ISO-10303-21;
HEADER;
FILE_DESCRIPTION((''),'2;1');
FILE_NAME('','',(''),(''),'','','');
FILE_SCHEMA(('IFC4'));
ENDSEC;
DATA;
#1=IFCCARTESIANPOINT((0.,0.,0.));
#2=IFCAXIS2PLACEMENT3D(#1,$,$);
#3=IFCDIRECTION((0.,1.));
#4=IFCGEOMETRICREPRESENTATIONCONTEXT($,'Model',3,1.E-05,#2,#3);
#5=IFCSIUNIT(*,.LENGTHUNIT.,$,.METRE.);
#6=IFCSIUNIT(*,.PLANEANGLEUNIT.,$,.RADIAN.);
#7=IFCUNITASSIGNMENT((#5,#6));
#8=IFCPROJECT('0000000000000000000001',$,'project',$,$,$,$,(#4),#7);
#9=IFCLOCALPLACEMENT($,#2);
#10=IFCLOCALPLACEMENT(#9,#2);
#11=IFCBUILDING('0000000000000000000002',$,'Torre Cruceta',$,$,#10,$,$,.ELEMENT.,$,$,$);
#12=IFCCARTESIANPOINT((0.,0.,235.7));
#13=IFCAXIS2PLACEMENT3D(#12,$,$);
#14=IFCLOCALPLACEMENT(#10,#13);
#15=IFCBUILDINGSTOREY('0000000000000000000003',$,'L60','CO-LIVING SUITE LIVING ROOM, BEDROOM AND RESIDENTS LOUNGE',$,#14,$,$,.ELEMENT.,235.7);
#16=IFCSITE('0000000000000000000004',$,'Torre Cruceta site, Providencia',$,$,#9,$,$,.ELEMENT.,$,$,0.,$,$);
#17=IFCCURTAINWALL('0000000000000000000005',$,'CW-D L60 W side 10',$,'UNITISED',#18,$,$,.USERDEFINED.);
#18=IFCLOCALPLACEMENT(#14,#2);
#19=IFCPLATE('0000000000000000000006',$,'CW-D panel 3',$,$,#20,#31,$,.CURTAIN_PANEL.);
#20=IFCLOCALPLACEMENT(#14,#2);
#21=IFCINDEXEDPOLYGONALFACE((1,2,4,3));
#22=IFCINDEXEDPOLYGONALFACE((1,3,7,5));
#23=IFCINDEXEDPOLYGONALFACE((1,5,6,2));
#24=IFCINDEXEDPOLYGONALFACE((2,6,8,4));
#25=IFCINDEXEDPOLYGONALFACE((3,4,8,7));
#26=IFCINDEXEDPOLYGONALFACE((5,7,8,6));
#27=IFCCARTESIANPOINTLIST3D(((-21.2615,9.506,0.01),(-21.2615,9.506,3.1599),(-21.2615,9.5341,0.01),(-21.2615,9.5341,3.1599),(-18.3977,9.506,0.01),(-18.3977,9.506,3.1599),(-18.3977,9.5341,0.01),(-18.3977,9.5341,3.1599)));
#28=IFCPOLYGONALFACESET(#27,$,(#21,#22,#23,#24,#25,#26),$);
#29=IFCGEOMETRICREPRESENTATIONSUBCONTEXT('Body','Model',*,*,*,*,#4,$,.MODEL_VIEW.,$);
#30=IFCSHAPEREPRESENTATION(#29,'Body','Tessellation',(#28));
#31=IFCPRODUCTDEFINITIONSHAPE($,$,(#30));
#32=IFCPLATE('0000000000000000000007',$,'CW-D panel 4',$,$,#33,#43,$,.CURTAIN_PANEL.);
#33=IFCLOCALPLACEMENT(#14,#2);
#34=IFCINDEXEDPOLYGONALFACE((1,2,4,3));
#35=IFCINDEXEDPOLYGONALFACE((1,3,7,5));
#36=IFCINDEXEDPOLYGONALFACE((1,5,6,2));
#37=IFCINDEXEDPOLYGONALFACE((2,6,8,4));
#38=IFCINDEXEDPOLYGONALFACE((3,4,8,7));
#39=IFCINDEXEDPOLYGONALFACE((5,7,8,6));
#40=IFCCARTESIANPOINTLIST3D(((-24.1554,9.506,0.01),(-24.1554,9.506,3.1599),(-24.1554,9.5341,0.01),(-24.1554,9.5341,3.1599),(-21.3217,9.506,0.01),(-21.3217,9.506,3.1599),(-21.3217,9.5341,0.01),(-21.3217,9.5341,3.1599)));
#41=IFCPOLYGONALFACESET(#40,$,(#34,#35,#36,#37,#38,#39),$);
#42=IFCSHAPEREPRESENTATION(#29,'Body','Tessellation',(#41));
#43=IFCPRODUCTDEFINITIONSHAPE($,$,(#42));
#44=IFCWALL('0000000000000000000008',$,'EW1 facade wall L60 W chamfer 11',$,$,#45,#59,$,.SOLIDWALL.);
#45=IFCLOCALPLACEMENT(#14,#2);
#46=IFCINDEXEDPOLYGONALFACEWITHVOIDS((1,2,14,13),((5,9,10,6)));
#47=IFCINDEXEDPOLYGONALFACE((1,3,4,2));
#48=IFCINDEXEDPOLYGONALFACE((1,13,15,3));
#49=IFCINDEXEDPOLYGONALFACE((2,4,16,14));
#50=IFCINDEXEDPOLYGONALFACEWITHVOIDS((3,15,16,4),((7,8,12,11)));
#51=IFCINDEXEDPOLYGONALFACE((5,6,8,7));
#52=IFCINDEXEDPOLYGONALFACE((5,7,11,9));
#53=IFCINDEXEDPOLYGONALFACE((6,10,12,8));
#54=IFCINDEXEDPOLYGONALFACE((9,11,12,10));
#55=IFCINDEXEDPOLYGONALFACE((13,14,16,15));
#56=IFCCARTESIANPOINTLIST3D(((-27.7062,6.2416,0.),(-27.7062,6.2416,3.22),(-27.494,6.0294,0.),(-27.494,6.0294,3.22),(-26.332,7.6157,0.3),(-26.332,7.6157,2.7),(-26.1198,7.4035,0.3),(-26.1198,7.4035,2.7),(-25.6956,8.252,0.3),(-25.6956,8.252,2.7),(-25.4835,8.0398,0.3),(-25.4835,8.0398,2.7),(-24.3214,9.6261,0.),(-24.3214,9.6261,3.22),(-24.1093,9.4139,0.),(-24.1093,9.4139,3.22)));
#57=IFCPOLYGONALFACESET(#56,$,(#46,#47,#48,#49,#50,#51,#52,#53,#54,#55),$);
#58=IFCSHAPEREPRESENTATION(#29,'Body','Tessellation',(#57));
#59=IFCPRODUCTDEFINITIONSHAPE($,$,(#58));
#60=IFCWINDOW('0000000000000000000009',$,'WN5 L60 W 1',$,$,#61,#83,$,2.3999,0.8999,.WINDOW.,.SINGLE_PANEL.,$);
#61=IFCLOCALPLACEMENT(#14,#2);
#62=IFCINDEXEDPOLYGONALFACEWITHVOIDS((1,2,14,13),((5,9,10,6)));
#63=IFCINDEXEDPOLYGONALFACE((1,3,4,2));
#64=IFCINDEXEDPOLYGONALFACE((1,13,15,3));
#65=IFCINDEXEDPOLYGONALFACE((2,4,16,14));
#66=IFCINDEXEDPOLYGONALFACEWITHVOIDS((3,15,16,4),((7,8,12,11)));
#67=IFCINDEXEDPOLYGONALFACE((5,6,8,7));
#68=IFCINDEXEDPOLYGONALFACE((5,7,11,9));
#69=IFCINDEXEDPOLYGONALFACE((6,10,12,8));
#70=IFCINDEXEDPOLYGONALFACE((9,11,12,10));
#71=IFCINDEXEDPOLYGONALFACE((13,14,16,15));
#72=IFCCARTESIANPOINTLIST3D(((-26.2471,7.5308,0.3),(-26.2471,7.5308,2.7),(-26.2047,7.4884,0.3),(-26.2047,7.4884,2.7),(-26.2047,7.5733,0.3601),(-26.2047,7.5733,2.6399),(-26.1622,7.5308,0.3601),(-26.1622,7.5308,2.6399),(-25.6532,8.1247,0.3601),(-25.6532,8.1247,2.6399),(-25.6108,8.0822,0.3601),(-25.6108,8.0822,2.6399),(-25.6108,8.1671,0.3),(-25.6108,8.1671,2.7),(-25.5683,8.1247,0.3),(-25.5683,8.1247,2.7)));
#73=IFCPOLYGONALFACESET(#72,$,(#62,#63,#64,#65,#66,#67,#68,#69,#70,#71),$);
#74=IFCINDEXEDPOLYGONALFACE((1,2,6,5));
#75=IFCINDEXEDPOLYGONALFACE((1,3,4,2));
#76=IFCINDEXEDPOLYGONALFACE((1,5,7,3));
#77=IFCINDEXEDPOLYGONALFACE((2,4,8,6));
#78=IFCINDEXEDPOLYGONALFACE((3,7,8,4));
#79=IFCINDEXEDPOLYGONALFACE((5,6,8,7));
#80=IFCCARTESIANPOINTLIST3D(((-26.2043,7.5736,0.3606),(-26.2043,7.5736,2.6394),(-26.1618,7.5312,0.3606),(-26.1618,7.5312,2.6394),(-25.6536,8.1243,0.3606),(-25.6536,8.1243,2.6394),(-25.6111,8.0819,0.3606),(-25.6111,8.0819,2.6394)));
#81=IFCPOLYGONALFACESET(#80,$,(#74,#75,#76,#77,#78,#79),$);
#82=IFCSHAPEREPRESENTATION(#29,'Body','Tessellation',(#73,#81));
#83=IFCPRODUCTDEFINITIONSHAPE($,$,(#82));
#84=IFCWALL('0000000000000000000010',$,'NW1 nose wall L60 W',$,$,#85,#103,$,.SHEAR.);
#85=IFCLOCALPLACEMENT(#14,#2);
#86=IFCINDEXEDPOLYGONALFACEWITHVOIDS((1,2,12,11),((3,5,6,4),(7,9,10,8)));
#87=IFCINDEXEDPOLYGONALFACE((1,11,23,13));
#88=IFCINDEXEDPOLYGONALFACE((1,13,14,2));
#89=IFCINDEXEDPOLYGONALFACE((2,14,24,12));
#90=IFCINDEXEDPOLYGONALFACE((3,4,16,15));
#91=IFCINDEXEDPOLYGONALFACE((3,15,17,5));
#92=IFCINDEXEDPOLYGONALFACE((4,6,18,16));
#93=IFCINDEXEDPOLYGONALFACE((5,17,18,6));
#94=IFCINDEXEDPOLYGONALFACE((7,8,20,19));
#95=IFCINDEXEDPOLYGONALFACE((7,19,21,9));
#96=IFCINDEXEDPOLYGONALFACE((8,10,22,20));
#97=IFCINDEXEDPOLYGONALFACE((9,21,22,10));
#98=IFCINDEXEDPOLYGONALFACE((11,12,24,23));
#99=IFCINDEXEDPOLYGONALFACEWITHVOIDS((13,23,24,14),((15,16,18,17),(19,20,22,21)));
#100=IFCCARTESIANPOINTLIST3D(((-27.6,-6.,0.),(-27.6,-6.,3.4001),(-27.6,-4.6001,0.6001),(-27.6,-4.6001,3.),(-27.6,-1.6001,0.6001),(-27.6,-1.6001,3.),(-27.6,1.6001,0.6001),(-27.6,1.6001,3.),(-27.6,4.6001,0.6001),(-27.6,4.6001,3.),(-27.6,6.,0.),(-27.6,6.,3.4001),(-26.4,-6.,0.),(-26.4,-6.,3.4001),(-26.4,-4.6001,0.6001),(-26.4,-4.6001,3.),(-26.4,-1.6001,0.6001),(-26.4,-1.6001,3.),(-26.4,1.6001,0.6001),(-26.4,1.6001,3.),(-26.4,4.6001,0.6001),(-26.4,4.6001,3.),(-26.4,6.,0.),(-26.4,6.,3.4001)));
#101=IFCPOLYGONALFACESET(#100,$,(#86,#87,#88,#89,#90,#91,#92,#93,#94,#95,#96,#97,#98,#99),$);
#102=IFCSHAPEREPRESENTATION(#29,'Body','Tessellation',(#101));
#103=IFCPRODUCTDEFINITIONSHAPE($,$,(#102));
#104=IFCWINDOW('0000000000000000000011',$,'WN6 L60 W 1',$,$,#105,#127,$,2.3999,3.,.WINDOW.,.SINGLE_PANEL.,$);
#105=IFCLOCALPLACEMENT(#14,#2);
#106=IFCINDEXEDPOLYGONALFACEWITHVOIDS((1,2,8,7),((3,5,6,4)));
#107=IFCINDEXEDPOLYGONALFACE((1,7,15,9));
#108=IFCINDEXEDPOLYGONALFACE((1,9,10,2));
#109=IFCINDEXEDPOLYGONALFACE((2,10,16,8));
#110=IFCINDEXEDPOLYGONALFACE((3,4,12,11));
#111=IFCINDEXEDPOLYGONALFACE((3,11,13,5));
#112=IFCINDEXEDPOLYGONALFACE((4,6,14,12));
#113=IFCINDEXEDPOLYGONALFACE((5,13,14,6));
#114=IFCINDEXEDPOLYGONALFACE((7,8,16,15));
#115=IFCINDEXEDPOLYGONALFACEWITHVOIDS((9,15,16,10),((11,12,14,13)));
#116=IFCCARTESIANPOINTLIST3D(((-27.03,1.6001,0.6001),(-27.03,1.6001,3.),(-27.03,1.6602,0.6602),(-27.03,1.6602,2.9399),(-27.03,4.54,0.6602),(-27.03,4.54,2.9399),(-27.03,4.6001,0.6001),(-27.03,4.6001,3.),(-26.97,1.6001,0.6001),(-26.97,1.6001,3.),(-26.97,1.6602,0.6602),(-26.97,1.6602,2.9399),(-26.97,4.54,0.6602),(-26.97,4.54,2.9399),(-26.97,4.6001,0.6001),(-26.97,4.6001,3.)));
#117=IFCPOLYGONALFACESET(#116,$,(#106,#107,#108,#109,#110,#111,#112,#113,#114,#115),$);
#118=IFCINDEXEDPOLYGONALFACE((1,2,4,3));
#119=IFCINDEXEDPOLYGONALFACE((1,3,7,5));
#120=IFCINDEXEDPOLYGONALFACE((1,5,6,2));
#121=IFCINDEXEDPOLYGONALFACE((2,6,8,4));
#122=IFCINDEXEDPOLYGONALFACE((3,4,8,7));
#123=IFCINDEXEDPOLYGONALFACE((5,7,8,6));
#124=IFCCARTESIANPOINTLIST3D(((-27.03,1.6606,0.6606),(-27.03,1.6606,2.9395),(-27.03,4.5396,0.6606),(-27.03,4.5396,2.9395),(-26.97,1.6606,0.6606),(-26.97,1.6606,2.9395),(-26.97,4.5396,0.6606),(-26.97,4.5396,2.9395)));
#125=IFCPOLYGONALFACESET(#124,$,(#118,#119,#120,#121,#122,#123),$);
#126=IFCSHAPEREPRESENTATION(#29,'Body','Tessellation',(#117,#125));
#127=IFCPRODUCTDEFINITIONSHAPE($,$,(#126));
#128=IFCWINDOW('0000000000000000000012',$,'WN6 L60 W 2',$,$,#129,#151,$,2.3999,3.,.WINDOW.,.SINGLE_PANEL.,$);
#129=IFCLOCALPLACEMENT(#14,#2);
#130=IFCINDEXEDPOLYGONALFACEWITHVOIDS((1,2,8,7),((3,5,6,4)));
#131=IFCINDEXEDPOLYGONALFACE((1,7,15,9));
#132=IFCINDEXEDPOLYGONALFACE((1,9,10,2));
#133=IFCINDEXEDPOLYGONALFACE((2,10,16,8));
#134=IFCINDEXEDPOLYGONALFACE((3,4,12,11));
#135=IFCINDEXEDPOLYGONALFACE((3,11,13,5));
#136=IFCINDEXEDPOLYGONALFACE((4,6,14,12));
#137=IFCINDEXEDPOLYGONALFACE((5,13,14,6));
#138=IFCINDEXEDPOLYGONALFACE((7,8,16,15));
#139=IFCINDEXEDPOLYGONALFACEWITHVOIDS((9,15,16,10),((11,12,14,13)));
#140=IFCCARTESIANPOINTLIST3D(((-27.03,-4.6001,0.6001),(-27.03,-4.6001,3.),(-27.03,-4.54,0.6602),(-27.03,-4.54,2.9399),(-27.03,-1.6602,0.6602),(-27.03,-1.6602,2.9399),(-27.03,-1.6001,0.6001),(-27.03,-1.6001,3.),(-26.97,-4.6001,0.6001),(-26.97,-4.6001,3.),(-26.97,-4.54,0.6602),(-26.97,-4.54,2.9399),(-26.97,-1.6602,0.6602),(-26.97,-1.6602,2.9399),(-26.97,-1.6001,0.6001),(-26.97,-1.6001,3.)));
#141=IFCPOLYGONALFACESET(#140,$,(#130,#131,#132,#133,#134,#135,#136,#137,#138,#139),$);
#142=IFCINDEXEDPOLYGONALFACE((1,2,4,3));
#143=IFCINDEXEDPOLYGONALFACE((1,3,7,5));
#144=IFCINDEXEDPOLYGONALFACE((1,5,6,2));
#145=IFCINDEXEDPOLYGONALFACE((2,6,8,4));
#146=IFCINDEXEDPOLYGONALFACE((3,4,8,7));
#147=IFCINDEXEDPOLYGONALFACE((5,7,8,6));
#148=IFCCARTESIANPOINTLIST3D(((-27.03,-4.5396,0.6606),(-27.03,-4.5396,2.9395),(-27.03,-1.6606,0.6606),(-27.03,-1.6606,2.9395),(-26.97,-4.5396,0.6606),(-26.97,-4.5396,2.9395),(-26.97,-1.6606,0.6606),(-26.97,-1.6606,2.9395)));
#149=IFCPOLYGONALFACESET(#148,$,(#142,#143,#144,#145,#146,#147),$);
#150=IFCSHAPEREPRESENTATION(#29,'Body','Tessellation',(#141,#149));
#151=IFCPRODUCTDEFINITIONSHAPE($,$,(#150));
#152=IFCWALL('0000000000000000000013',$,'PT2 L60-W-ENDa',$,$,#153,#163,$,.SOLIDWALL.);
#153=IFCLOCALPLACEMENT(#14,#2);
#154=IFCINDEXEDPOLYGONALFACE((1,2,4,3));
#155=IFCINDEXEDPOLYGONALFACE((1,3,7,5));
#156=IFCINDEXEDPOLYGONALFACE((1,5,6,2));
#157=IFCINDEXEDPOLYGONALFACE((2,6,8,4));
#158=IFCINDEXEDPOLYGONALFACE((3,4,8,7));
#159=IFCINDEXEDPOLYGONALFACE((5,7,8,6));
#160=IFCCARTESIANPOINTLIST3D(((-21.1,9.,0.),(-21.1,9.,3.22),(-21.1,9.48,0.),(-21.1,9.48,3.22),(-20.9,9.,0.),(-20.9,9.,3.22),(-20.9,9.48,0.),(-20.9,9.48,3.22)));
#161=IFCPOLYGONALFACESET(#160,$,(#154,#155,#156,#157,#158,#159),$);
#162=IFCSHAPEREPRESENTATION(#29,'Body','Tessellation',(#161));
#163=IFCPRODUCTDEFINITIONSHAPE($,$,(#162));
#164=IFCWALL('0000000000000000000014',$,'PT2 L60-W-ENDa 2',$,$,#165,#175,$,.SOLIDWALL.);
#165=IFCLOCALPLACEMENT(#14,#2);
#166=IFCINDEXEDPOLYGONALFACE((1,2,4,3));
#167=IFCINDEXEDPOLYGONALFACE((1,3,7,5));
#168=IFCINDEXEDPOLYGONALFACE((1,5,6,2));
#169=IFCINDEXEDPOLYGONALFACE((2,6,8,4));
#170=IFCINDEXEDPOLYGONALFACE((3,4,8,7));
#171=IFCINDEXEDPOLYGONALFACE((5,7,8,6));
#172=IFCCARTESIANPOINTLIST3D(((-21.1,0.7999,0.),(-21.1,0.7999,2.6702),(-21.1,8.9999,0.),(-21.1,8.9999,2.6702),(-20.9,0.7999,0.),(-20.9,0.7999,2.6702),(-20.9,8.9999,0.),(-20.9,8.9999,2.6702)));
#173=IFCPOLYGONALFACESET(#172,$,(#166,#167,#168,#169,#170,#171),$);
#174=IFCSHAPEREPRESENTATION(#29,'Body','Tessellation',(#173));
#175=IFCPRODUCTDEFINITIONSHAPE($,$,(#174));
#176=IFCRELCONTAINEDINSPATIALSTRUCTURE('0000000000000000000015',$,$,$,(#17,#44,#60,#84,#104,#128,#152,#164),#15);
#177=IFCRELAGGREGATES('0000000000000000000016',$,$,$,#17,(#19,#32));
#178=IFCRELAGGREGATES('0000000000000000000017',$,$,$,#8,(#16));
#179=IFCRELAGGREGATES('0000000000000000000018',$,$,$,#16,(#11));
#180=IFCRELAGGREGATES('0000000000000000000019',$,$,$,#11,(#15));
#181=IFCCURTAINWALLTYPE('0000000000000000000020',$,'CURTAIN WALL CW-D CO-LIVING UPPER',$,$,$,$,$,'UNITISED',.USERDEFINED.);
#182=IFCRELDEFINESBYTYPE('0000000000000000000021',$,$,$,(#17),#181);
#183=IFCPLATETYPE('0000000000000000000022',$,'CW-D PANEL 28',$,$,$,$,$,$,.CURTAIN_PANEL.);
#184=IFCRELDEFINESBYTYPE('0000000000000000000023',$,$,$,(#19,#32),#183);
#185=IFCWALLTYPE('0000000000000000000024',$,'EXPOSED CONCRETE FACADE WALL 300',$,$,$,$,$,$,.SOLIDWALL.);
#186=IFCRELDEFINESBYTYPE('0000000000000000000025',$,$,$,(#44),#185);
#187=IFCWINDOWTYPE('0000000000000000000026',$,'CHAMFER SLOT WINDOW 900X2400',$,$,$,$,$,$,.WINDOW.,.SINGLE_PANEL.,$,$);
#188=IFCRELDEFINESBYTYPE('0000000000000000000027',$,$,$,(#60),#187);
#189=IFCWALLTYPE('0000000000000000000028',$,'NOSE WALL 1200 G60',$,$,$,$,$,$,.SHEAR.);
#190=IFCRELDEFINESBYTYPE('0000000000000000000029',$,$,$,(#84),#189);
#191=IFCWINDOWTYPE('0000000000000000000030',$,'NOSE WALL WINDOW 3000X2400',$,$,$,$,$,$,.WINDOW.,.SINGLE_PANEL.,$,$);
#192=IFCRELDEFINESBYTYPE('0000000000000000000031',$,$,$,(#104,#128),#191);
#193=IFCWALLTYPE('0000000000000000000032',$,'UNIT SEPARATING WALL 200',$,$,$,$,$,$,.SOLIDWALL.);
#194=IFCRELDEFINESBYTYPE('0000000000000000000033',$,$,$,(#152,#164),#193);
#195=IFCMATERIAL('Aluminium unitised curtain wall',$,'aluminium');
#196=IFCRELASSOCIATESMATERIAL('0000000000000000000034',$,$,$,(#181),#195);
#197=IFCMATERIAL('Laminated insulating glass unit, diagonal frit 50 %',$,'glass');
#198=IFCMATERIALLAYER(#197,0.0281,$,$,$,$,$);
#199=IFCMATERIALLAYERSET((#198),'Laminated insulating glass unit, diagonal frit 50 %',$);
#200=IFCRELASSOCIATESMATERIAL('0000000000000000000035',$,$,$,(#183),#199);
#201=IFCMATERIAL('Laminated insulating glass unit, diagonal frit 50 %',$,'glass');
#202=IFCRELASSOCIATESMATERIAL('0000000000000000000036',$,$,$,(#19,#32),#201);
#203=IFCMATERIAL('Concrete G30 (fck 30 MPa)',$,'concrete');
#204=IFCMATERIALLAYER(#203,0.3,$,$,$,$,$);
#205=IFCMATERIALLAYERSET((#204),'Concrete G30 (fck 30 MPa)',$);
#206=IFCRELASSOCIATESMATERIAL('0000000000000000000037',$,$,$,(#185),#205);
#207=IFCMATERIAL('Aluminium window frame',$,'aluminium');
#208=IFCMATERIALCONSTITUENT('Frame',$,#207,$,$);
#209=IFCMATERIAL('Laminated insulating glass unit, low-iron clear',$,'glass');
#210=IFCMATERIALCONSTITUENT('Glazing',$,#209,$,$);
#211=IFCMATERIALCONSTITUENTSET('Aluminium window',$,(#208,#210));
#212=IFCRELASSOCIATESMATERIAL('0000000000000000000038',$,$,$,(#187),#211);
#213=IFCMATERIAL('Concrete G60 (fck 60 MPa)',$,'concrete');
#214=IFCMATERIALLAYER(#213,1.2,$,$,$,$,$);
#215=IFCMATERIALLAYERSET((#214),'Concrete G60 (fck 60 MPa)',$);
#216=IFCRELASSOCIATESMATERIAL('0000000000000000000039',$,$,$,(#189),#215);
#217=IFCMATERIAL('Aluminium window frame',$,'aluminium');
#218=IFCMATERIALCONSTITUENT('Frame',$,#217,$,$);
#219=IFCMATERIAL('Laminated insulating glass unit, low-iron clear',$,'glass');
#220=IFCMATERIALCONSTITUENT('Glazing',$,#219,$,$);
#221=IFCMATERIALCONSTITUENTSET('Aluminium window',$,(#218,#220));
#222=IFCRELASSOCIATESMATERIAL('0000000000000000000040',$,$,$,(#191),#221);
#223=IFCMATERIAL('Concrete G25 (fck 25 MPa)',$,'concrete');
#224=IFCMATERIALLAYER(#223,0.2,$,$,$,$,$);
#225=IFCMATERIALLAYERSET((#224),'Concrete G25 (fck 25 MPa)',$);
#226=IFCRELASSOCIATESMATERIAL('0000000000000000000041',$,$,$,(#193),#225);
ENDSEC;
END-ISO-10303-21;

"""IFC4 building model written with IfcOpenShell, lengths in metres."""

from ifc_helpers import new_model, si_unit, direction, frame, frame_2d, origin, origin_2d, place, context, subcontext, project, spatial, rectangle, hollow_rectangle, extrude, material, layer, layer_set, constituent, constituent_set, type_object, element, fill, aggregate, save


model = new_model("IFC4")

# Units and contexts
model_context = context("Model", 3, precision=1e-05, world=origin(), true_north=direction((0.0, 1.0)))
body_context = subcontext(model_context, "Body", "Model", "MODEL_VIEW")
ifc_project = project(units=[si_unit("LENGTHUNIT", "METRE"), si_unit("PLANEANGLEUNIT", "RADIAN")], contexts=[model_context])

# Site, building, storey
site_placement = place(None, origin())
site = spatial("IfcSite", under=ifc_project, at=site_placement, Name="Torre Cruceta site, Providencia", CompositionType="ELEMENT", RefElevation=0.0)
building_placement = place(site_placement, origin())
building = spatial("IfcBuilding", under=site, at=building_placement, Name="Torre Cruceta", CompositionType="ELEMENT")
storey_placement = place(building_placement, frame((0.0, 0.0, 235.7)))
storey = spatial("IfcBuildingStorey", under=building, at=storey_placement, Name="L60", Description="CO-LIVING SUITE LIVING ROOM, BEDROOM AND RESIDENTS LOUNGE", CompositionType="ELEMENT", Elevation=235.7)

# Curtain wall
ifc_material_1 = material(Name="Aluminium unitised curtain wall", Category="aluminium")
curtain_wall_type = type_object("IfcCurtainWallType", Name="CURTAIN WALL CW-D CO-LIVING UPPER", ElementType="UNITISED", PredefinedType="USERDEFINED", material=ifc_material_1)
curtain_wall_placement = place(storey_placement, origin())
curtain_wall = element("IfcCurtainWall", 1, at=curtain_wall_placement, inside=storey, type_object=curtain_wall_type, Name="CW-D L60 W side 10", ObjectType="UNITISED", PredefinedType="USERDEFINED")

# Plates
ifc_material_2 = material(Name="Laminated insulating glass unit, diagonal frit 50 %", Category="glass")
ifc_material_3 = material(Name="Laminated insulating glass unit, diagonal frit 50 %", Category="glass")
ifc_layer_1 = layer(ifc_material_3, 0.0281)
ifc_layer_set_1 = layer_set([ifc_layer_1], Name="Laminated insulating glass unit, diagonal frit 50 %")
plate_type = type_object("IfcPlateType", Name="CW-D PANEL 28", PredefinedType="CURTAIN_PANEL", material=ifc_layer_set_1)
plate_1_placement = place(storey_placement, frame((-19.8296, 9.52, 0.01), z_axis=(0.0, 0.0, 1.0), x_axis=(-1.0, 0.0, 0.0)))
plate_1 = element("IfcPlate", 2, at=plate_1_placement, type_object=plate_type, material=ifc_material_2, Name="CW-D panel 3", PredefinedType="CURTAIN_PANEL", context=body_context, shape_type="SweptSolid", body=[
    extrude(rectangle(XDim=2.8638, YDim=0.0281, at=origin_2d()), origin(), (0.0, 0.0, 1.0), 3.1499),
])
plate_2_placement = place(storey_placement, frame((-22.7385, 9.52, 0.01), z_axis=(0.0, 0.0, 1.0), x_axis=(-1.0, 0.0, 0.0)))
plate_2 = element("IfcPlate", 3, at=plate_2_placement, type_object=plate_type, material=ifc_material_2, Name="CW-D panel 4", PredefinedType="CURTAIN_PANEL", context=body_context, shape_type="SweptSolid", body=[
    extrude(rectangle(XDim=2.8337, YDim=0.0281, at=origin_2d()), origin(), (0.0, 0.0, 1.0), 3.1499),
])
aggregate(curtain_wall, [plate_1, plate_2])

# Wall, opening, window
ifc_material_4 = material(Name="Concrete G30 (fck 30 MPa)", Category="concrete")
ifc_layer_2 = layer(ifc_material_4, 0.3)
ifc_layer_set_2 = layer_set([ifc_layer_2], Name="Concrete G30 (fck 30 MPa)")
wall_type_1 = type_object("IfcWallType", Name="EXPOSED CONCRETE FACADE WALL 300", PredefinedType="SOLIDWALL", material=ifc_layer_set_2)
wall_1_placement = place(storey_placement, frame((-24.2153, 9.52, 0.0), z_axis=(0.0, 0.0, 1.0), x_axis=(-0.707132, -0.707081, 0.0)))
wall_1 = element("IfcWall", 4, at=wall_1_placement, inside=storey, type_object=wall_type_1, Name="EW1 facade wall L60 W chamfer 11", PredefinedType="SOLIDWALL", context=body_context, shape_type="SweptSolid", body=[
    extrude(rectangle(XDim=4.7866, YDim=0.3, at=frame_2d((2.3933, 0.0))), origin(), (0.0, 0.0, 1.0), 3.22),
])
opening_1_placement = place(wall_1_placement, frame((1.9434, 0.0, 0.3)))
opening_1 = element("IfcOpeningElement", 5, at=opening_1_placement, cuts=wall_1, PredefinedType="OPENING", context=body_context, shape_type="SweptSolid", body=[
    extrude(rectangle(XDim=0.8999, YDim=2.3999, at=frame_2d((0.45, 1.2))), frame((0.0, 0.1599, 0.0), z_axis=(0.0, -1.0, 0.0), x_axis=(1.0, 0.0, 0.0)), (0.0, 0.0, 1.0), 0.3201),
])
ifc_material_5 = material(Name="Aluminium window frame", Category="aluminium")
ifc_constituent_1 = constituent(ifc_material_5, Name="Frame")
ifc_material_6 = material(Name="Laminated insulating glass unit, low-iron clear", Category="glass")
ifc_constituent_2 = constituent(ifc_material_6, Name="Glazing")
ifc_constituent_set_1 = constituent_set(constituents=[ifc_constituent_1, ifc_constituent_2], Name="Aluminium window")
window_type_1 = type_object("IfcWindowType", Name="CHAMFER SLOT WINDOW 900X2400", PartitioningType="SINGLE_PANEL", PredefinedType="WINDOW", material=ifc_constituent_set_1)
window_1_placement = place(opening_1_placement, origin())
window_1 = element("IfcWindow", 6, at=window_1_placement, inside=storey, type_object=window_type_1, Name="WN5 L60 W 1", OverallHeight=2.3999, OverallWidth=0.8999, PartitioningType="SINGLE_PANEL", PredefinedType="WINDOW", context=body_context, shape_type="SweptSolid", body=[
    extrude(hollow_rectangle(XDim=0.8999, YDim=2.3999, WallThickness=0.0601, at=frame_2d((0.45, 1.2))), frame((0.0, 0.03, 0.0), z_axis=(0.0, -1.0, 0.0), x_axis=(1.0, 0.0, 0.0)), (0.0, 0.0, 1.0), 0.0601),
    extrude(rectangle(XDim=0.7788, YDim=2.2788, at=frame_2d((0.45, 1.2))), frame((0.0, 0.03, 0.0), z_axis=(0.0, -1.0, 0.0), x_axis=(1.0, 0.0, 0.0)), (0.0, 0.0, 1.0), 0.0601),
])
fill(opening_1, window_1)

# Wall, openings, windows
ifc_material_7 = material(Name="Concrete G60 (fck 60 MPa)", Category="concrete")
ifc_layer_3 = layer(ifc_material_7, 1.2)
ifc_layer_set_3 = layer_set([ifc_layer_3], Name="Concrete G60 (fck 60 MPa)")
wall_type_2 = type_object("IfcWallType", Name="NOSE WALL 1200 G60", PredefinedType="SHEAR", material=ifc_layer_set_3)
wall_2_placement = place(storey_placement, frame((-27.0, 6.0, 0.0), z_axis=(0.0, 0.0, 1.0), x_axis=(0.0, -1.0, 0.0)))
wall_2 = element("IfcWall", 7, at=wall_2_placement, inside=storey, type_object=wall_type_2, Name="NW1 nose wall L60 W", PredefinedType="SHEAR", context=body_context, shape_type="SweptSolid", body=[
    extrude(rectangle(XDim=12.0, YDim=1.2, at=frame_2d((6.0, 0.0))), origin(), (0.0, 0.0, 1.0), 3.4001),
])
opening_2_placement = place(wall_2_placement, frame((1.3999, 0.0, 0.6001)))
opening_2 = element("IfcOpeningElement", 8, at=opening_2_placement, cuts=wall_2, PredefinedType="OPENING", context=body_context, shape_type="SweptSolid", body=[
    extrude(rectangle(XDim=3.0, YDim=2.3999, at=frame_2d((1.5, 1.2))), frame((0.0, 0.6099, 0.0), z_axis=(0.0, -1.0, 0.0), x_axis=(1.0, 0.0, 0.0)), (0.0, 0.0, 1.0), 1.22),
])
opening_3_placement = place(wall_2_placement, frame((7.6001, 0.0, 0.6001)))
opening_3 = element("IfcOpeningElement", 9, at=opening_3_placement, cuts=wall_2, PredefinedType="OPENING", context=body_context, shape_type="SweptSolid", body=[
    extrude(rectangle(XDim=3.0, YDim=2.3999, at=frame_2d((1.5, 1.2))), frame((0.0, 0.6099, 0.0), z_axis=(0.0, -1.0, 0.0), x_axis=(1.0, 0.0, 0.0)), (0.0, 0.0, 1.0), 1.22),
])
ifc_material_8 = material(Name="Aluminium window frame", Category="aluminium")
ifc_constituent_3 = constituent(ifc_material_8, Name="Frame")
ifc_material_9 = material(Name="Laminated insulating glass unit, low-iron clear", Category="glass")
ifc_constituent_4 = constituent(ifc_material_9, Name="Glazing")
ifc_constituent_set_2 = constituent_set(constituents=[ifc_constituent_3, ifc_constituent_4], Name="Aluminium window")
window_type_2 = type_object("IfcWindowType", Name="NOSE WALL WINDOW 3000X2400", PartitioningType="SINGLE_PANEL", PredefinedType="WINDOW", material=ifc_constituent_set_2)
window_2_placement = place(opening_2_placement, origin())
window_2 = element("IfcWindow", 10, at=window_2_placement, inside=storey, type_object=window_type_2, Name="WN6 L60 W 1", OverallHeight=2.3999, OverallWidth=3.0, PartitioningType="SINGLE_PANEL", PredefinedType="WINDOW", context=body_context, shape_type="SweptSolid", body=[
    extrude(hollow_rectangle(XDim=3.0, YDim=2.3999, WallThickness=0.0601, at=frame_2d((1.5, 1.2))), frame((0.0, 0.03, 0.0), z_axis=(0.0, -1.0, 0.0), x_axis=(1.0, 0.0, 0.0)), (0.0, 0.0, 1.0), 0.0601),
    extrude(rectangle(XDim=2.8789, YDim=2.2788, at=frame_2d((1.5, 1.2))), frame((0.0, 0.03, 0.0), z_axis=(0.0, -1.0, 0.0), x_axis=(1.0, 0.0, 0.0)), (0.0, 0.0, 1.0), 0.0601),
])
fill(opening_2, window_2)
window_3_placement = place(opening_3_placement, origin())
window_3 = element("IfcWindow", 11, at=window_3_placement, inside=storey, type_object=window_type_2, Name="WN6 L60 W 2", OverallHeight=2.3999, OverallWidth=3.0, PartitioningType="SINGLE_PANEL", PredefinedType="WINDOW", context=body_context, shape_type="SweptSolid", body=[
    extrude(hollow_rectangle(XDim=3.0, YDim=2.3999, WallThickness=0.0601, at=frame_2d((1.5, 1.2))), frame((0.0, 0.03, 0.0), z_axis=(0.0, -1.0, 0.0), x_axis=(1.0, 0.0, 0.0)), (0.0, 0.0, 1.0), 0.0601),
    extrude(rectangle(XDim=2.8789, YDim=2.2788, at=frame_2d((1.5, 1.2))), frame((0.0, 0.03, 0.0), z_axis=(0.0, -1.0, 0.0), x_axis=(1.0, 0.0, 0.0)), (0.0, 0.0, 1.0), 0.0601),
])
fill(opening_3, window_3)

# Walls
ifc_material_10 = material(Name="Concrete G25 (fck 25 MPa)", Category="concrete")
ifc_layer_4 = layer(ifc_material_10, 0.2)
ifc_layer_set_4 = layer_set([ifc_layer_4], Name="Concrete G25 (fck 25 MPa)")
wall_type_3 = type_object("IfcWallType", Name="UNIT SEPARATING WALL 200", PredefinedType="SOLIDWALL", material=ifc_layer_set_4)
wall_3_placement = place(storey_placement, frame((-21.0, 9.48, 0.0), z_axis=(0.0, 0.0, 1.0), x_axis=(0.0, -1.0, 0.0)))
element("IfcWall", 12, at=wall_3_placement, inside=storey, type_object=wall_type_3, Name="PT2 L60-W-ENDa", PredefinedType="SOLIDWALL", context=body_context, shape_type="SweptSolid", body=[
    extrude(rectangle(XDim=0.48, YDim=0.2, at=frame_2d((0.24, 0.0))), origin(), (0.0, 0.0, 1.0), 3.22),
])
wall_4_placement = place(storey_placement, frame((-21.0, 9.0, 0.0), z_axis=(0.0, 0.0, 1.0), x_axis=(0.0, -1.0, 0.0)))
element("IfcWall", 13, at=wall_4_placement, inside=storey, type_object=wall_type_3, Name="PT2 L60-W-ENDa 2", PredefinedType="SOLIDWALL", context=body_context, shape_type="SweptSolid", body=[
    extrude(rectangle(XDim=8.2, YDim=0.2, at=frame_2d((4.1001, 0.0))), origin(), (0.0, 0.0, 1.0), 2.6702),
])

save(model, "model.ifc")
